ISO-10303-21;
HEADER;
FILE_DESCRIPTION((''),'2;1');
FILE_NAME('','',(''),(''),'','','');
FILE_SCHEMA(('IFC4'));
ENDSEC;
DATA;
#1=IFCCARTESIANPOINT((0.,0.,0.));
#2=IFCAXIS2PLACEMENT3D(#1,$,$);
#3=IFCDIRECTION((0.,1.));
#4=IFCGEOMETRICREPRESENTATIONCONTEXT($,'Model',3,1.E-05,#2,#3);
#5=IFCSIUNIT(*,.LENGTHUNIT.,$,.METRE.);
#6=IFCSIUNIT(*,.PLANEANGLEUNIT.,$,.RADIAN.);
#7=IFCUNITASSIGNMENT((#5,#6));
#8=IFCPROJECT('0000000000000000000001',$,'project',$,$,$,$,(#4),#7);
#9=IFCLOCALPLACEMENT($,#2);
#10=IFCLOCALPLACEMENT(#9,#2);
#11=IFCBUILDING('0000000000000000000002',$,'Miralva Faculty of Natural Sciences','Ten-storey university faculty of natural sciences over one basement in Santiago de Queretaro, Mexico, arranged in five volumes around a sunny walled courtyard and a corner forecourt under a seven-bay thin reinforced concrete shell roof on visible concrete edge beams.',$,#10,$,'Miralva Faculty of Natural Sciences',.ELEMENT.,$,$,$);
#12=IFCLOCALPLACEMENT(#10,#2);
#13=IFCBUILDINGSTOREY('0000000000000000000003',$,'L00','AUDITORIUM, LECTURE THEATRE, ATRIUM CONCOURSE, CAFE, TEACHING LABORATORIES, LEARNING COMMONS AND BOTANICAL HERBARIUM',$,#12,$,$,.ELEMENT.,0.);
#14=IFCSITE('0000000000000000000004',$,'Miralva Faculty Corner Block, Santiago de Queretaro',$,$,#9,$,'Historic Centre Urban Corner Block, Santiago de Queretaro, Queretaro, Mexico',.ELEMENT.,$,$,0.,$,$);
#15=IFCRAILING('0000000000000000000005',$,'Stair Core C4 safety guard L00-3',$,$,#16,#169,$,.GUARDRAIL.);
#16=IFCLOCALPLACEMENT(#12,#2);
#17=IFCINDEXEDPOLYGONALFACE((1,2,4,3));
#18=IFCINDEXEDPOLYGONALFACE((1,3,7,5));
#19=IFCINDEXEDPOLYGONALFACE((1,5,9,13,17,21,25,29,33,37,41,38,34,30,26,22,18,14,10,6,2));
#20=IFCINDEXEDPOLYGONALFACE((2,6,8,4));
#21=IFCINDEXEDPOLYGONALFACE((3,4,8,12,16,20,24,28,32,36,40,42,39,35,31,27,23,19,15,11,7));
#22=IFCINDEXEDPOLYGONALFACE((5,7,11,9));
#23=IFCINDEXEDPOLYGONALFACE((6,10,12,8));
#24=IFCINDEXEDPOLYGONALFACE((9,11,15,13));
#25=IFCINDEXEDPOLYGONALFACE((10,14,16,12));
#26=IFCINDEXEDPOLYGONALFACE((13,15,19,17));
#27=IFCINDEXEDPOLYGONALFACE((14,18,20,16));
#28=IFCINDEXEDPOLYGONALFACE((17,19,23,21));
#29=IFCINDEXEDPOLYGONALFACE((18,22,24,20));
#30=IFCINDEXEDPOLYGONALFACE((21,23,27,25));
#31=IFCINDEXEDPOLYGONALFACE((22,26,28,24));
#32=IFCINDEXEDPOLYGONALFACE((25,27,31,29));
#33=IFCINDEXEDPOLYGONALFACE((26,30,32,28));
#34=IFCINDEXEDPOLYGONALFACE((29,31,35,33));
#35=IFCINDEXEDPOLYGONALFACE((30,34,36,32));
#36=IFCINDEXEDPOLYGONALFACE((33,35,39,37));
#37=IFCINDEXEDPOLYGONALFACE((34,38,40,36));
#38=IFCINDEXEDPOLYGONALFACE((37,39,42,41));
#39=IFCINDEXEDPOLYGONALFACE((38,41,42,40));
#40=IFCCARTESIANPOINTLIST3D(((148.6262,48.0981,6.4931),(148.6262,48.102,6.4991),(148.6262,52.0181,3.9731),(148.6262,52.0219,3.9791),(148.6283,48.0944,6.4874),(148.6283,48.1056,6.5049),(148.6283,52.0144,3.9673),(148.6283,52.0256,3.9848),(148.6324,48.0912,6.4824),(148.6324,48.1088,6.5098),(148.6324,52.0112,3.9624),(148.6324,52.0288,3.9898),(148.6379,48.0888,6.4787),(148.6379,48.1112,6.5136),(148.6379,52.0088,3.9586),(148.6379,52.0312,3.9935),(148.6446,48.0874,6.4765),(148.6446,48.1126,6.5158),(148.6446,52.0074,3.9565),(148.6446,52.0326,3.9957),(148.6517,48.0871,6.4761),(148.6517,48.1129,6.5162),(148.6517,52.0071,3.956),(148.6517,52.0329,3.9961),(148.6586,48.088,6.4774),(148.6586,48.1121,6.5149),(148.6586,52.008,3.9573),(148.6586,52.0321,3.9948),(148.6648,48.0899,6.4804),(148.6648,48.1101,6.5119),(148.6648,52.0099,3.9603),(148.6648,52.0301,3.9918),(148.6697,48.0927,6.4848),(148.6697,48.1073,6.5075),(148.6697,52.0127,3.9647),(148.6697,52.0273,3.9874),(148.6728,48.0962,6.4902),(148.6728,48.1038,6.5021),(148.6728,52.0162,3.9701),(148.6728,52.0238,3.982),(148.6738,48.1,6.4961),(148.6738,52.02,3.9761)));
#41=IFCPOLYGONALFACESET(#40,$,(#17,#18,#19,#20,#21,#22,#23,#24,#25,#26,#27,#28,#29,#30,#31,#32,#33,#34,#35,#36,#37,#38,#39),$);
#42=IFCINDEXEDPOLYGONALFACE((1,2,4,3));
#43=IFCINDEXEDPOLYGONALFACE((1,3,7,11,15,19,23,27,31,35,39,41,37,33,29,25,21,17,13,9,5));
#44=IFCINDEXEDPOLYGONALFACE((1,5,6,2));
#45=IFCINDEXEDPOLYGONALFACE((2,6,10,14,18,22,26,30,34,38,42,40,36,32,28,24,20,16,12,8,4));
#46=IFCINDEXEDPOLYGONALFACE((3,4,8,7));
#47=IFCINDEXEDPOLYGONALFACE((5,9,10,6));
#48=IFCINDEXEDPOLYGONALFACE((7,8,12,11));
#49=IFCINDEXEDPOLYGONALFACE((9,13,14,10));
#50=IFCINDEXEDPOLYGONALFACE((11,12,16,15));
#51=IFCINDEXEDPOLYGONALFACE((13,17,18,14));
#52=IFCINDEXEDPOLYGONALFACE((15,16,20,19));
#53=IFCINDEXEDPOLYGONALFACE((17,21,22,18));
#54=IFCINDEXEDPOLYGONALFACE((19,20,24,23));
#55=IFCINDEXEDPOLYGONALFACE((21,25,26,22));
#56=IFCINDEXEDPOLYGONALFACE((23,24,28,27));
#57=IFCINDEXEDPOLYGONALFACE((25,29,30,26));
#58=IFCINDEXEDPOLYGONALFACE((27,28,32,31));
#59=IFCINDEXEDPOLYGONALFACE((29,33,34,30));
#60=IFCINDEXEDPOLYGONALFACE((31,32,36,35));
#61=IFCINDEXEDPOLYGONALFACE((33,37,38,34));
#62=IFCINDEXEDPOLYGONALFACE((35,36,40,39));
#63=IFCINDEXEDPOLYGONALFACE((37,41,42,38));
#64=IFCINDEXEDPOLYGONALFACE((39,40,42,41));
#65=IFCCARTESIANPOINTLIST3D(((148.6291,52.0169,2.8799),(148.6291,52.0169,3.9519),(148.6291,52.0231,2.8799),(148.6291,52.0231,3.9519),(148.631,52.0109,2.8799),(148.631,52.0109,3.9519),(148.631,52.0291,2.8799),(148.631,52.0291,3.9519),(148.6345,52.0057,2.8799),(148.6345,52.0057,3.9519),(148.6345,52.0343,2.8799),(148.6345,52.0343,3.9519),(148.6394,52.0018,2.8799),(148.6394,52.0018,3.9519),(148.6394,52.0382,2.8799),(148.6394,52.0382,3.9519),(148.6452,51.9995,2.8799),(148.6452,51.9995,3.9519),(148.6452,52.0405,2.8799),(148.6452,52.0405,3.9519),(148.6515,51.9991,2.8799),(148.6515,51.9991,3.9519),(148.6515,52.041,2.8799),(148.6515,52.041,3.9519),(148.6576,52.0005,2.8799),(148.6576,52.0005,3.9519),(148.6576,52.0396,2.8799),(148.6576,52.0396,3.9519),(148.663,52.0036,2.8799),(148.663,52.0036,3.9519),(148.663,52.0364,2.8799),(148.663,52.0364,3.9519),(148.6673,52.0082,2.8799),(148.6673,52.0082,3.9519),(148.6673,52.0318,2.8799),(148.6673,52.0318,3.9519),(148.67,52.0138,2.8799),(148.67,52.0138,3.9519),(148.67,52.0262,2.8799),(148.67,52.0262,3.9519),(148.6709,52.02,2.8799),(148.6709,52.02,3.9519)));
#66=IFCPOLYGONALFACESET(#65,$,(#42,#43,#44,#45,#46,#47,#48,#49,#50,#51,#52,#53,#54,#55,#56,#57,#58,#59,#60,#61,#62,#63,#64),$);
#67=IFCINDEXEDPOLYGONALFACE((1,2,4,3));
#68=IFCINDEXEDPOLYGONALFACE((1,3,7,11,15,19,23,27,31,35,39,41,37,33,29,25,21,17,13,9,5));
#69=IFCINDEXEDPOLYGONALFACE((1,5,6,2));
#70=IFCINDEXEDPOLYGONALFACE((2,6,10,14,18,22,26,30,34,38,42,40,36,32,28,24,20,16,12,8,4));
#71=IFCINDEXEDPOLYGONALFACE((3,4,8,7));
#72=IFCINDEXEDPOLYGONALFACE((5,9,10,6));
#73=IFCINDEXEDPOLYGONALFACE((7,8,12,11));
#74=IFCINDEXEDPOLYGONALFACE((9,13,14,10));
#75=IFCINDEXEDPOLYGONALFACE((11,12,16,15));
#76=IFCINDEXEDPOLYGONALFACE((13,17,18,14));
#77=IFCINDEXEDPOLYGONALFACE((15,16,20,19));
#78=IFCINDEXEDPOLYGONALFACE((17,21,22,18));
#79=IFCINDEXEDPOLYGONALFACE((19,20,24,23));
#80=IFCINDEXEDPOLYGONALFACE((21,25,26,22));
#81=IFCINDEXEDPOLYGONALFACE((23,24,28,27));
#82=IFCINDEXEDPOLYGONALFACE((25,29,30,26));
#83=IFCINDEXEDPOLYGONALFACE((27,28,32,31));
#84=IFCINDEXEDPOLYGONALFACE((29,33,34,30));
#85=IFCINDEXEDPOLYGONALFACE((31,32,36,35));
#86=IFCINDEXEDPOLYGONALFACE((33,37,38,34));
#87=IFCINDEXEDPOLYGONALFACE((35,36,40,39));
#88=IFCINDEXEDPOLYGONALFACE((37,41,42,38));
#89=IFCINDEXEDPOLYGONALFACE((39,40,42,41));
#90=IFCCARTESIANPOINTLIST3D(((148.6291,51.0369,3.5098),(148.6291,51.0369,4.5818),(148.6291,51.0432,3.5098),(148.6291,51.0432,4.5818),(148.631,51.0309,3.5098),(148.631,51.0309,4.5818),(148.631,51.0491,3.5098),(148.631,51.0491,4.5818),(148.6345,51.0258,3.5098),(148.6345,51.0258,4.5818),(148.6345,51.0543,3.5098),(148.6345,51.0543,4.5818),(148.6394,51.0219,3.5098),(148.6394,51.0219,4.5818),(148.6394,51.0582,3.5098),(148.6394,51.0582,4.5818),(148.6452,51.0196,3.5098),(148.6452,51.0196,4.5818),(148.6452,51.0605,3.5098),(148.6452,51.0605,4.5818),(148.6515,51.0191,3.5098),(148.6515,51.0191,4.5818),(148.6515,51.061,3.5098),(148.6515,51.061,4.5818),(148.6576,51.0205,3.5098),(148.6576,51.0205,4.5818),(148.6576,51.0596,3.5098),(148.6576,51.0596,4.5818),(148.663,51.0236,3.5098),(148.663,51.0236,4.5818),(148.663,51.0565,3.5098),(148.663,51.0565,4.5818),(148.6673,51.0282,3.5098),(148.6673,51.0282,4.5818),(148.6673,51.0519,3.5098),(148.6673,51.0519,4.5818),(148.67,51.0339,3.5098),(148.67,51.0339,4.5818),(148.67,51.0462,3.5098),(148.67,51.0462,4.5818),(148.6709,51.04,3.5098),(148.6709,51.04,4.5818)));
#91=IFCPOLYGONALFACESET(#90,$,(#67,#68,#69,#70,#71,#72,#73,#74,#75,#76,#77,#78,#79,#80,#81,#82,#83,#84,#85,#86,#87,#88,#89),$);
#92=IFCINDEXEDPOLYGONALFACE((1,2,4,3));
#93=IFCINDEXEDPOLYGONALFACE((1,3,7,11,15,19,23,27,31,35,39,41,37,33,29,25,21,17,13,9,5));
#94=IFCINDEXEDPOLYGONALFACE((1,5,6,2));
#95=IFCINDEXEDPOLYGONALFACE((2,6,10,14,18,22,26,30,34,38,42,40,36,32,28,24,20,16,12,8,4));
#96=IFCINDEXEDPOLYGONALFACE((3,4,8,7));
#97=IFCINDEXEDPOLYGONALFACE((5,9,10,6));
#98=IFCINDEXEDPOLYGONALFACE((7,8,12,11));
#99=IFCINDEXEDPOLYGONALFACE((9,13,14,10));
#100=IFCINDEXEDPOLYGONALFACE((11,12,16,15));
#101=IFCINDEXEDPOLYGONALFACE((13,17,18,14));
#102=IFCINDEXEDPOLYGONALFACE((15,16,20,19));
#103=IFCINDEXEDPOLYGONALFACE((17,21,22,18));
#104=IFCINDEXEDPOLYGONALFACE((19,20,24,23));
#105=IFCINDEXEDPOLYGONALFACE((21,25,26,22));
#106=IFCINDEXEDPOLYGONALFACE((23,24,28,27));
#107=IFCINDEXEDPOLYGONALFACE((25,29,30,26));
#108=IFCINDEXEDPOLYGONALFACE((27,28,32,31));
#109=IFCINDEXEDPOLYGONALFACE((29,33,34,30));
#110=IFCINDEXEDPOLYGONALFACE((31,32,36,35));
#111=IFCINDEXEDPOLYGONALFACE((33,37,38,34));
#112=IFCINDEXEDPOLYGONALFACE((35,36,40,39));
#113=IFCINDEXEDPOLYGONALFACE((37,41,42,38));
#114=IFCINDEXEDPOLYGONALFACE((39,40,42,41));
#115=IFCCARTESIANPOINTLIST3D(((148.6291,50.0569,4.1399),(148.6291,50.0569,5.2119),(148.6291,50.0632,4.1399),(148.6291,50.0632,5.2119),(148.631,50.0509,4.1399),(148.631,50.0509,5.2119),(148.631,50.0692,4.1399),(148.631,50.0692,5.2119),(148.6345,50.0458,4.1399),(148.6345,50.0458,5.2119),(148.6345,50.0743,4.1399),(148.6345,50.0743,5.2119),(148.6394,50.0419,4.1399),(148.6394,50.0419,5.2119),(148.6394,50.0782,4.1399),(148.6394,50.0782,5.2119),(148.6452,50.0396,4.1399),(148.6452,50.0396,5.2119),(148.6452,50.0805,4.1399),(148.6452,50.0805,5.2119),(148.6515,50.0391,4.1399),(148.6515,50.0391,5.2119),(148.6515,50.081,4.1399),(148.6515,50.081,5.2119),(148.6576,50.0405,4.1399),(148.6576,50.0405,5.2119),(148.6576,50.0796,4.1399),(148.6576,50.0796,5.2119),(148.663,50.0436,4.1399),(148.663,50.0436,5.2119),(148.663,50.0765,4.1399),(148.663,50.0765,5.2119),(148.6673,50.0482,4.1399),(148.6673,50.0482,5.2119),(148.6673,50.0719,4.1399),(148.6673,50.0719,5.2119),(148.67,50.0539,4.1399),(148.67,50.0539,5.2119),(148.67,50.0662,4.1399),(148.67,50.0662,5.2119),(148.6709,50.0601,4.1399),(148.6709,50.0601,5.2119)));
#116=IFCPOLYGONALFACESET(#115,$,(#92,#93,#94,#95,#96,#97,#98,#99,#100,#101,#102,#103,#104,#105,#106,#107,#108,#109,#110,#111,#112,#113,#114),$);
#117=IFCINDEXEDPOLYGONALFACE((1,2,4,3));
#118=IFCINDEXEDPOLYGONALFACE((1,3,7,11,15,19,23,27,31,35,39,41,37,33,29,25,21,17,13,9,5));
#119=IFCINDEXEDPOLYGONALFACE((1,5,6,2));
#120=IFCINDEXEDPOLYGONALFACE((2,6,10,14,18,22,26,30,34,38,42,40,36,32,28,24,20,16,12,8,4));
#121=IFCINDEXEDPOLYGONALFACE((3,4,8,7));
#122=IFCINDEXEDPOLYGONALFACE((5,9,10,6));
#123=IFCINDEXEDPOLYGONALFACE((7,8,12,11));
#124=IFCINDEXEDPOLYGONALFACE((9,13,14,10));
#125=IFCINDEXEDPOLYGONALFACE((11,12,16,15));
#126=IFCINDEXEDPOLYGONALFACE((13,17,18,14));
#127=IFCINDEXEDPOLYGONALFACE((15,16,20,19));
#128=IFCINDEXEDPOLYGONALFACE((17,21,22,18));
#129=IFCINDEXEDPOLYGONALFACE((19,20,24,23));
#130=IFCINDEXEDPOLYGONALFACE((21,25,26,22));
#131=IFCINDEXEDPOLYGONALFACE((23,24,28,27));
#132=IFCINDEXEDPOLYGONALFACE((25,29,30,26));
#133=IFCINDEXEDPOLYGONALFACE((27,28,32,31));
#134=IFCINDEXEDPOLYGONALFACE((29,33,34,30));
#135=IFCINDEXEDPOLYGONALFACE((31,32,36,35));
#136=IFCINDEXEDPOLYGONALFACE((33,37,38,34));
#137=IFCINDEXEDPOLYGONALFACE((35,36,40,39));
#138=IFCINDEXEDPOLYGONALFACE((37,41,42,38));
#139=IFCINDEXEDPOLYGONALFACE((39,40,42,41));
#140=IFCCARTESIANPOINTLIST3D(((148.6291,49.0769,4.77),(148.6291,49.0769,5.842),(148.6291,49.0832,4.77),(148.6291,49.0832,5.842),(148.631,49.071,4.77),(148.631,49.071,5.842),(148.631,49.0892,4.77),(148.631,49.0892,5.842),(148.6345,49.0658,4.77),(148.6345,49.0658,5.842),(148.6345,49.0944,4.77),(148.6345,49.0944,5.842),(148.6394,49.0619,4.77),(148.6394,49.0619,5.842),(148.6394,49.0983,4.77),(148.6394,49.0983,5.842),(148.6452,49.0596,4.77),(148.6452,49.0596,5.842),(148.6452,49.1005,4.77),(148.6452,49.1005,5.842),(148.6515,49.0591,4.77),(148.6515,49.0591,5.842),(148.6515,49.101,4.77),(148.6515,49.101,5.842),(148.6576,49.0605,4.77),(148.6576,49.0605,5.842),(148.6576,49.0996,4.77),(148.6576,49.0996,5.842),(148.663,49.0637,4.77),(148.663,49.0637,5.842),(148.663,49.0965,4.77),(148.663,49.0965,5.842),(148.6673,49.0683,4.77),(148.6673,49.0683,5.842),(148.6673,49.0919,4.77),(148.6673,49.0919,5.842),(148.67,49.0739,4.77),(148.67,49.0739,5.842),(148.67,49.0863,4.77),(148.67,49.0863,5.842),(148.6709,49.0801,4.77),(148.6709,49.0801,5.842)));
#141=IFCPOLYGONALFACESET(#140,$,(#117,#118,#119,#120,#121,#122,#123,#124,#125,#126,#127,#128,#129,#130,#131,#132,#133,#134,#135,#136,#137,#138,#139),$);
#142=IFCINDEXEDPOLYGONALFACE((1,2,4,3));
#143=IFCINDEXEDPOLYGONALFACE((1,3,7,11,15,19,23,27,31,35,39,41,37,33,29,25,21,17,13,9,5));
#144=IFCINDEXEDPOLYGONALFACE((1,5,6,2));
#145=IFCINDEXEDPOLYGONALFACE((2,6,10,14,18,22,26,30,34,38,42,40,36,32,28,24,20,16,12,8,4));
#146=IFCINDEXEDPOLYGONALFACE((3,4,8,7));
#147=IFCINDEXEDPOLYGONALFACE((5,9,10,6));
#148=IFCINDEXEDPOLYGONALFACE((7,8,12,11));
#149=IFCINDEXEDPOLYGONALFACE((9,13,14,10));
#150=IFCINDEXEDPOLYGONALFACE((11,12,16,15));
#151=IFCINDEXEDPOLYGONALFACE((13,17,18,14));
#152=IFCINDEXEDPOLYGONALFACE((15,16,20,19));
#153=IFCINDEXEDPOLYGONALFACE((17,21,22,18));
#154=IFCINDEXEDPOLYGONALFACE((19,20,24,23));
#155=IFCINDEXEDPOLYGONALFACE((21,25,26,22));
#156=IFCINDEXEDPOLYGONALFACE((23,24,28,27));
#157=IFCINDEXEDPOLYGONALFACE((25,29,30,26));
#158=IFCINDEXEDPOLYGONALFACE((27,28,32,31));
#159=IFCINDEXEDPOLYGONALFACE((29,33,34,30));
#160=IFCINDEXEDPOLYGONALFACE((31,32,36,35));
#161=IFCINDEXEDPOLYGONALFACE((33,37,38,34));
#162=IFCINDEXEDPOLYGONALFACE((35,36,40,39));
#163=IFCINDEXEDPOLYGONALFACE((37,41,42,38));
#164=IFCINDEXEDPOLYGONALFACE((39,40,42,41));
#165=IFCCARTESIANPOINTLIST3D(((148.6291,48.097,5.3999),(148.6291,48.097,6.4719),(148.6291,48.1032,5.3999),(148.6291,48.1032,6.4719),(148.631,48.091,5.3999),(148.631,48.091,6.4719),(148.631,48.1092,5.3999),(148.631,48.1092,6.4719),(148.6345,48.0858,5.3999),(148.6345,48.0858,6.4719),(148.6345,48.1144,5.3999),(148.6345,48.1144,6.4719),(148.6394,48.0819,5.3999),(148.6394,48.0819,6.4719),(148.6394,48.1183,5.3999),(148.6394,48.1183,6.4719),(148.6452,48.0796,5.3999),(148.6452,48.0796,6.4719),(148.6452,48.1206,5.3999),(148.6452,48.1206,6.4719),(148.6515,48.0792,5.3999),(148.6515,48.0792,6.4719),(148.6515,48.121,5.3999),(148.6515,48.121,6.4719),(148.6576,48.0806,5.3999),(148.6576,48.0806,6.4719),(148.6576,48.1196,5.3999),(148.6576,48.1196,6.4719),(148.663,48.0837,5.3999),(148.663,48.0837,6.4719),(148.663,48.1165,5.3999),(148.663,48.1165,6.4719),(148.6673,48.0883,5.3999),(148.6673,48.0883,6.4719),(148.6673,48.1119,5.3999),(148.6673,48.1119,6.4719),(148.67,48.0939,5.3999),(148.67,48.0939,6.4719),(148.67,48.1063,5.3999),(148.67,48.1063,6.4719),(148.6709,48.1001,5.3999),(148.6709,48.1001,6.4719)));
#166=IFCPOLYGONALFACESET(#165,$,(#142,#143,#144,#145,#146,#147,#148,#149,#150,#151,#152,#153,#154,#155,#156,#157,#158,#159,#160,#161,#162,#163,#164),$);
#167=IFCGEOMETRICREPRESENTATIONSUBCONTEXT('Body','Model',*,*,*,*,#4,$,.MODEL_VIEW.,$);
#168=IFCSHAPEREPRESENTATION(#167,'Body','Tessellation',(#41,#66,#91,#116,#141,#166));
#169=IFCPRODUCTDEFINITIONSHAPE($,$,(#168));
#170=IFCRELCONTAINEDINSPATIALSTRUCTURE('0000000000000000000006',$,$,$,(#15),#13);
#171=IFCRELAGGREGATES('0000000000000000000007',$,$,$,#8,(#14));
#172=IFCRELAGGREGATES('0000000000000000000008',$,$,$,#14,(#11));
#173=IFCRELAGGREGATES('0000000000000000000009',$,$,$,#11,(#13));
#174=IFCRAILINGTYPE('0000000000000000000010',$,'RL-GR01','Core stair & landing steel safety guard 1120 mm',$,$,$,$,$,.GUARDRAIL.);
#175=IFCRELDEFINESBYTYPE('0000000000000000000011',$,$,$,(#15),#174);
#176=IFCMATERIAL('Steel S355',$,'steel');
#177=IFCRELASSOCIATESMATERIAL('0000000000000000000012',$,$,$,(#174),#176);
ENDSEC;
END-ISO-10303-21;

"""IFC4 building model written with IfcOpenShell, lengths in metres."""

from ifc_helpers import new_model, si_unit, direction, frame, origin, origin_2d, place, context, subcontext, project, spatial, circle, extrude, material, type_object, element, save


model = new_model("IFC4")

# Units and contexts
model_context = context("Model", 3, precision=1e-05, world=origin(), true_north=direction((0.0, 1.0)))
body_context = subcontext(model_context, "Body", "Model", "MODEL_VIEW")
ifc_project = project(units=[si_unit("LENGTHUNIT", "METRE"), si_unit("PLANEANGLEUNIT", "RADIAN")], contexts=[model_context])

# Site, building, storey
site_placement = place(None, origin())
site = spatial("IfcSite", under=ifc_project, at=site_placement, Name="Miralva Faculty Corner Block, Santiago de Queretaro", LongName="Historic Centre Urban Corner Block, Santiago de Queretaro, Queretaro, Mexico", CompositionType="ELEMENT", RefElevation=0.0)
building_placement = place(site_placement, origin())
building = spatial("IfcBuilding", under=site, at=building_placement, Name="Miralva Faculty of Natural Sciences", Description="Ten-storey university faculty of natural sciences over one basement in Santiago de Queretaro, Mexico, arranged in five volumes around a sunny walled courtyard and a corner forecourt under a seven-bay thin reinforced concrete shell roof on visible concrete edge beams.", LongName="Miralva Faculty of Natural Sciences", CompositionType="ELEMENT")
storey_placement = place(building_placement, origin())
storey = spatial("IfcBuildingStorey", under=building, at=storey_placement, Name="L00", Description="AUDITORIUM, LECTURE THEATRE, ATRIUM CONCOURSE, CAFE, TEACHING LABORATORIES, LEARNING COMMONS AND BOTANICAL HERBARIUM", CompositionType="ELEMENT", Elevation=0.0)

# Railing
ifc_material_1 = material(Name="Steel S355", Category="steel")
railing_type = type_object("IfcRailingType", Name="RL-GR01", Description="Core stair & landing steel safety guard 1120 mm", PredefinedType="GUARDRAIL", material=ifc_material_1)
railing_1_placement = place(storey_placement, frame((148.6499, 52.02, 2.8799)))
element("IfcRailing", 1, at=railing_1_placement, inside=storey, type_object=railing_type, Name="Stair Core C4 safety guard L00-3", PredefinedType="GUARDRAIL", context=body_context, shape_type="SweptSolid", body=[
    extrude(circle(Radius=0.0239, at=origin_2d()), frame((0.0, 0.0, 1.0962), z_axis=(0.0, -0.841172, 0.540768), x_axis=(1.0, 0.0, 0.0)), (0.0, 0.0, 1.0), 4.6602),
    extrude(circle(Radius=0.021, at=origin_2d()), origin(), (0.0, 0.0, 1.0), 1.072),
    extrude(circle(Radius=0.021, at=origin_2d()), frame((0.0, -0.98, 0.6299)), (0.0, 0.0, 1.0), 1.072),
    extrude(circle(Radius=0.021, at=origin_2d()), frame((0.0, -1.96, 1.26)), (0.0, 0.0, 1.0), 1.072),
    extrude(circle(Radius=0.021, at=origin_2d()), frame((0.0, -2.9399, 1.8901)), (0.0, 0.0, 1.0), 1.072),
    extrude(circle(Radius=0.021, at=origin_2d()), frame((0.0, -3.9199, 2.52)), (0.0, 0.0, 1.0), 1.072),
])

save(model, "model.ifc")
